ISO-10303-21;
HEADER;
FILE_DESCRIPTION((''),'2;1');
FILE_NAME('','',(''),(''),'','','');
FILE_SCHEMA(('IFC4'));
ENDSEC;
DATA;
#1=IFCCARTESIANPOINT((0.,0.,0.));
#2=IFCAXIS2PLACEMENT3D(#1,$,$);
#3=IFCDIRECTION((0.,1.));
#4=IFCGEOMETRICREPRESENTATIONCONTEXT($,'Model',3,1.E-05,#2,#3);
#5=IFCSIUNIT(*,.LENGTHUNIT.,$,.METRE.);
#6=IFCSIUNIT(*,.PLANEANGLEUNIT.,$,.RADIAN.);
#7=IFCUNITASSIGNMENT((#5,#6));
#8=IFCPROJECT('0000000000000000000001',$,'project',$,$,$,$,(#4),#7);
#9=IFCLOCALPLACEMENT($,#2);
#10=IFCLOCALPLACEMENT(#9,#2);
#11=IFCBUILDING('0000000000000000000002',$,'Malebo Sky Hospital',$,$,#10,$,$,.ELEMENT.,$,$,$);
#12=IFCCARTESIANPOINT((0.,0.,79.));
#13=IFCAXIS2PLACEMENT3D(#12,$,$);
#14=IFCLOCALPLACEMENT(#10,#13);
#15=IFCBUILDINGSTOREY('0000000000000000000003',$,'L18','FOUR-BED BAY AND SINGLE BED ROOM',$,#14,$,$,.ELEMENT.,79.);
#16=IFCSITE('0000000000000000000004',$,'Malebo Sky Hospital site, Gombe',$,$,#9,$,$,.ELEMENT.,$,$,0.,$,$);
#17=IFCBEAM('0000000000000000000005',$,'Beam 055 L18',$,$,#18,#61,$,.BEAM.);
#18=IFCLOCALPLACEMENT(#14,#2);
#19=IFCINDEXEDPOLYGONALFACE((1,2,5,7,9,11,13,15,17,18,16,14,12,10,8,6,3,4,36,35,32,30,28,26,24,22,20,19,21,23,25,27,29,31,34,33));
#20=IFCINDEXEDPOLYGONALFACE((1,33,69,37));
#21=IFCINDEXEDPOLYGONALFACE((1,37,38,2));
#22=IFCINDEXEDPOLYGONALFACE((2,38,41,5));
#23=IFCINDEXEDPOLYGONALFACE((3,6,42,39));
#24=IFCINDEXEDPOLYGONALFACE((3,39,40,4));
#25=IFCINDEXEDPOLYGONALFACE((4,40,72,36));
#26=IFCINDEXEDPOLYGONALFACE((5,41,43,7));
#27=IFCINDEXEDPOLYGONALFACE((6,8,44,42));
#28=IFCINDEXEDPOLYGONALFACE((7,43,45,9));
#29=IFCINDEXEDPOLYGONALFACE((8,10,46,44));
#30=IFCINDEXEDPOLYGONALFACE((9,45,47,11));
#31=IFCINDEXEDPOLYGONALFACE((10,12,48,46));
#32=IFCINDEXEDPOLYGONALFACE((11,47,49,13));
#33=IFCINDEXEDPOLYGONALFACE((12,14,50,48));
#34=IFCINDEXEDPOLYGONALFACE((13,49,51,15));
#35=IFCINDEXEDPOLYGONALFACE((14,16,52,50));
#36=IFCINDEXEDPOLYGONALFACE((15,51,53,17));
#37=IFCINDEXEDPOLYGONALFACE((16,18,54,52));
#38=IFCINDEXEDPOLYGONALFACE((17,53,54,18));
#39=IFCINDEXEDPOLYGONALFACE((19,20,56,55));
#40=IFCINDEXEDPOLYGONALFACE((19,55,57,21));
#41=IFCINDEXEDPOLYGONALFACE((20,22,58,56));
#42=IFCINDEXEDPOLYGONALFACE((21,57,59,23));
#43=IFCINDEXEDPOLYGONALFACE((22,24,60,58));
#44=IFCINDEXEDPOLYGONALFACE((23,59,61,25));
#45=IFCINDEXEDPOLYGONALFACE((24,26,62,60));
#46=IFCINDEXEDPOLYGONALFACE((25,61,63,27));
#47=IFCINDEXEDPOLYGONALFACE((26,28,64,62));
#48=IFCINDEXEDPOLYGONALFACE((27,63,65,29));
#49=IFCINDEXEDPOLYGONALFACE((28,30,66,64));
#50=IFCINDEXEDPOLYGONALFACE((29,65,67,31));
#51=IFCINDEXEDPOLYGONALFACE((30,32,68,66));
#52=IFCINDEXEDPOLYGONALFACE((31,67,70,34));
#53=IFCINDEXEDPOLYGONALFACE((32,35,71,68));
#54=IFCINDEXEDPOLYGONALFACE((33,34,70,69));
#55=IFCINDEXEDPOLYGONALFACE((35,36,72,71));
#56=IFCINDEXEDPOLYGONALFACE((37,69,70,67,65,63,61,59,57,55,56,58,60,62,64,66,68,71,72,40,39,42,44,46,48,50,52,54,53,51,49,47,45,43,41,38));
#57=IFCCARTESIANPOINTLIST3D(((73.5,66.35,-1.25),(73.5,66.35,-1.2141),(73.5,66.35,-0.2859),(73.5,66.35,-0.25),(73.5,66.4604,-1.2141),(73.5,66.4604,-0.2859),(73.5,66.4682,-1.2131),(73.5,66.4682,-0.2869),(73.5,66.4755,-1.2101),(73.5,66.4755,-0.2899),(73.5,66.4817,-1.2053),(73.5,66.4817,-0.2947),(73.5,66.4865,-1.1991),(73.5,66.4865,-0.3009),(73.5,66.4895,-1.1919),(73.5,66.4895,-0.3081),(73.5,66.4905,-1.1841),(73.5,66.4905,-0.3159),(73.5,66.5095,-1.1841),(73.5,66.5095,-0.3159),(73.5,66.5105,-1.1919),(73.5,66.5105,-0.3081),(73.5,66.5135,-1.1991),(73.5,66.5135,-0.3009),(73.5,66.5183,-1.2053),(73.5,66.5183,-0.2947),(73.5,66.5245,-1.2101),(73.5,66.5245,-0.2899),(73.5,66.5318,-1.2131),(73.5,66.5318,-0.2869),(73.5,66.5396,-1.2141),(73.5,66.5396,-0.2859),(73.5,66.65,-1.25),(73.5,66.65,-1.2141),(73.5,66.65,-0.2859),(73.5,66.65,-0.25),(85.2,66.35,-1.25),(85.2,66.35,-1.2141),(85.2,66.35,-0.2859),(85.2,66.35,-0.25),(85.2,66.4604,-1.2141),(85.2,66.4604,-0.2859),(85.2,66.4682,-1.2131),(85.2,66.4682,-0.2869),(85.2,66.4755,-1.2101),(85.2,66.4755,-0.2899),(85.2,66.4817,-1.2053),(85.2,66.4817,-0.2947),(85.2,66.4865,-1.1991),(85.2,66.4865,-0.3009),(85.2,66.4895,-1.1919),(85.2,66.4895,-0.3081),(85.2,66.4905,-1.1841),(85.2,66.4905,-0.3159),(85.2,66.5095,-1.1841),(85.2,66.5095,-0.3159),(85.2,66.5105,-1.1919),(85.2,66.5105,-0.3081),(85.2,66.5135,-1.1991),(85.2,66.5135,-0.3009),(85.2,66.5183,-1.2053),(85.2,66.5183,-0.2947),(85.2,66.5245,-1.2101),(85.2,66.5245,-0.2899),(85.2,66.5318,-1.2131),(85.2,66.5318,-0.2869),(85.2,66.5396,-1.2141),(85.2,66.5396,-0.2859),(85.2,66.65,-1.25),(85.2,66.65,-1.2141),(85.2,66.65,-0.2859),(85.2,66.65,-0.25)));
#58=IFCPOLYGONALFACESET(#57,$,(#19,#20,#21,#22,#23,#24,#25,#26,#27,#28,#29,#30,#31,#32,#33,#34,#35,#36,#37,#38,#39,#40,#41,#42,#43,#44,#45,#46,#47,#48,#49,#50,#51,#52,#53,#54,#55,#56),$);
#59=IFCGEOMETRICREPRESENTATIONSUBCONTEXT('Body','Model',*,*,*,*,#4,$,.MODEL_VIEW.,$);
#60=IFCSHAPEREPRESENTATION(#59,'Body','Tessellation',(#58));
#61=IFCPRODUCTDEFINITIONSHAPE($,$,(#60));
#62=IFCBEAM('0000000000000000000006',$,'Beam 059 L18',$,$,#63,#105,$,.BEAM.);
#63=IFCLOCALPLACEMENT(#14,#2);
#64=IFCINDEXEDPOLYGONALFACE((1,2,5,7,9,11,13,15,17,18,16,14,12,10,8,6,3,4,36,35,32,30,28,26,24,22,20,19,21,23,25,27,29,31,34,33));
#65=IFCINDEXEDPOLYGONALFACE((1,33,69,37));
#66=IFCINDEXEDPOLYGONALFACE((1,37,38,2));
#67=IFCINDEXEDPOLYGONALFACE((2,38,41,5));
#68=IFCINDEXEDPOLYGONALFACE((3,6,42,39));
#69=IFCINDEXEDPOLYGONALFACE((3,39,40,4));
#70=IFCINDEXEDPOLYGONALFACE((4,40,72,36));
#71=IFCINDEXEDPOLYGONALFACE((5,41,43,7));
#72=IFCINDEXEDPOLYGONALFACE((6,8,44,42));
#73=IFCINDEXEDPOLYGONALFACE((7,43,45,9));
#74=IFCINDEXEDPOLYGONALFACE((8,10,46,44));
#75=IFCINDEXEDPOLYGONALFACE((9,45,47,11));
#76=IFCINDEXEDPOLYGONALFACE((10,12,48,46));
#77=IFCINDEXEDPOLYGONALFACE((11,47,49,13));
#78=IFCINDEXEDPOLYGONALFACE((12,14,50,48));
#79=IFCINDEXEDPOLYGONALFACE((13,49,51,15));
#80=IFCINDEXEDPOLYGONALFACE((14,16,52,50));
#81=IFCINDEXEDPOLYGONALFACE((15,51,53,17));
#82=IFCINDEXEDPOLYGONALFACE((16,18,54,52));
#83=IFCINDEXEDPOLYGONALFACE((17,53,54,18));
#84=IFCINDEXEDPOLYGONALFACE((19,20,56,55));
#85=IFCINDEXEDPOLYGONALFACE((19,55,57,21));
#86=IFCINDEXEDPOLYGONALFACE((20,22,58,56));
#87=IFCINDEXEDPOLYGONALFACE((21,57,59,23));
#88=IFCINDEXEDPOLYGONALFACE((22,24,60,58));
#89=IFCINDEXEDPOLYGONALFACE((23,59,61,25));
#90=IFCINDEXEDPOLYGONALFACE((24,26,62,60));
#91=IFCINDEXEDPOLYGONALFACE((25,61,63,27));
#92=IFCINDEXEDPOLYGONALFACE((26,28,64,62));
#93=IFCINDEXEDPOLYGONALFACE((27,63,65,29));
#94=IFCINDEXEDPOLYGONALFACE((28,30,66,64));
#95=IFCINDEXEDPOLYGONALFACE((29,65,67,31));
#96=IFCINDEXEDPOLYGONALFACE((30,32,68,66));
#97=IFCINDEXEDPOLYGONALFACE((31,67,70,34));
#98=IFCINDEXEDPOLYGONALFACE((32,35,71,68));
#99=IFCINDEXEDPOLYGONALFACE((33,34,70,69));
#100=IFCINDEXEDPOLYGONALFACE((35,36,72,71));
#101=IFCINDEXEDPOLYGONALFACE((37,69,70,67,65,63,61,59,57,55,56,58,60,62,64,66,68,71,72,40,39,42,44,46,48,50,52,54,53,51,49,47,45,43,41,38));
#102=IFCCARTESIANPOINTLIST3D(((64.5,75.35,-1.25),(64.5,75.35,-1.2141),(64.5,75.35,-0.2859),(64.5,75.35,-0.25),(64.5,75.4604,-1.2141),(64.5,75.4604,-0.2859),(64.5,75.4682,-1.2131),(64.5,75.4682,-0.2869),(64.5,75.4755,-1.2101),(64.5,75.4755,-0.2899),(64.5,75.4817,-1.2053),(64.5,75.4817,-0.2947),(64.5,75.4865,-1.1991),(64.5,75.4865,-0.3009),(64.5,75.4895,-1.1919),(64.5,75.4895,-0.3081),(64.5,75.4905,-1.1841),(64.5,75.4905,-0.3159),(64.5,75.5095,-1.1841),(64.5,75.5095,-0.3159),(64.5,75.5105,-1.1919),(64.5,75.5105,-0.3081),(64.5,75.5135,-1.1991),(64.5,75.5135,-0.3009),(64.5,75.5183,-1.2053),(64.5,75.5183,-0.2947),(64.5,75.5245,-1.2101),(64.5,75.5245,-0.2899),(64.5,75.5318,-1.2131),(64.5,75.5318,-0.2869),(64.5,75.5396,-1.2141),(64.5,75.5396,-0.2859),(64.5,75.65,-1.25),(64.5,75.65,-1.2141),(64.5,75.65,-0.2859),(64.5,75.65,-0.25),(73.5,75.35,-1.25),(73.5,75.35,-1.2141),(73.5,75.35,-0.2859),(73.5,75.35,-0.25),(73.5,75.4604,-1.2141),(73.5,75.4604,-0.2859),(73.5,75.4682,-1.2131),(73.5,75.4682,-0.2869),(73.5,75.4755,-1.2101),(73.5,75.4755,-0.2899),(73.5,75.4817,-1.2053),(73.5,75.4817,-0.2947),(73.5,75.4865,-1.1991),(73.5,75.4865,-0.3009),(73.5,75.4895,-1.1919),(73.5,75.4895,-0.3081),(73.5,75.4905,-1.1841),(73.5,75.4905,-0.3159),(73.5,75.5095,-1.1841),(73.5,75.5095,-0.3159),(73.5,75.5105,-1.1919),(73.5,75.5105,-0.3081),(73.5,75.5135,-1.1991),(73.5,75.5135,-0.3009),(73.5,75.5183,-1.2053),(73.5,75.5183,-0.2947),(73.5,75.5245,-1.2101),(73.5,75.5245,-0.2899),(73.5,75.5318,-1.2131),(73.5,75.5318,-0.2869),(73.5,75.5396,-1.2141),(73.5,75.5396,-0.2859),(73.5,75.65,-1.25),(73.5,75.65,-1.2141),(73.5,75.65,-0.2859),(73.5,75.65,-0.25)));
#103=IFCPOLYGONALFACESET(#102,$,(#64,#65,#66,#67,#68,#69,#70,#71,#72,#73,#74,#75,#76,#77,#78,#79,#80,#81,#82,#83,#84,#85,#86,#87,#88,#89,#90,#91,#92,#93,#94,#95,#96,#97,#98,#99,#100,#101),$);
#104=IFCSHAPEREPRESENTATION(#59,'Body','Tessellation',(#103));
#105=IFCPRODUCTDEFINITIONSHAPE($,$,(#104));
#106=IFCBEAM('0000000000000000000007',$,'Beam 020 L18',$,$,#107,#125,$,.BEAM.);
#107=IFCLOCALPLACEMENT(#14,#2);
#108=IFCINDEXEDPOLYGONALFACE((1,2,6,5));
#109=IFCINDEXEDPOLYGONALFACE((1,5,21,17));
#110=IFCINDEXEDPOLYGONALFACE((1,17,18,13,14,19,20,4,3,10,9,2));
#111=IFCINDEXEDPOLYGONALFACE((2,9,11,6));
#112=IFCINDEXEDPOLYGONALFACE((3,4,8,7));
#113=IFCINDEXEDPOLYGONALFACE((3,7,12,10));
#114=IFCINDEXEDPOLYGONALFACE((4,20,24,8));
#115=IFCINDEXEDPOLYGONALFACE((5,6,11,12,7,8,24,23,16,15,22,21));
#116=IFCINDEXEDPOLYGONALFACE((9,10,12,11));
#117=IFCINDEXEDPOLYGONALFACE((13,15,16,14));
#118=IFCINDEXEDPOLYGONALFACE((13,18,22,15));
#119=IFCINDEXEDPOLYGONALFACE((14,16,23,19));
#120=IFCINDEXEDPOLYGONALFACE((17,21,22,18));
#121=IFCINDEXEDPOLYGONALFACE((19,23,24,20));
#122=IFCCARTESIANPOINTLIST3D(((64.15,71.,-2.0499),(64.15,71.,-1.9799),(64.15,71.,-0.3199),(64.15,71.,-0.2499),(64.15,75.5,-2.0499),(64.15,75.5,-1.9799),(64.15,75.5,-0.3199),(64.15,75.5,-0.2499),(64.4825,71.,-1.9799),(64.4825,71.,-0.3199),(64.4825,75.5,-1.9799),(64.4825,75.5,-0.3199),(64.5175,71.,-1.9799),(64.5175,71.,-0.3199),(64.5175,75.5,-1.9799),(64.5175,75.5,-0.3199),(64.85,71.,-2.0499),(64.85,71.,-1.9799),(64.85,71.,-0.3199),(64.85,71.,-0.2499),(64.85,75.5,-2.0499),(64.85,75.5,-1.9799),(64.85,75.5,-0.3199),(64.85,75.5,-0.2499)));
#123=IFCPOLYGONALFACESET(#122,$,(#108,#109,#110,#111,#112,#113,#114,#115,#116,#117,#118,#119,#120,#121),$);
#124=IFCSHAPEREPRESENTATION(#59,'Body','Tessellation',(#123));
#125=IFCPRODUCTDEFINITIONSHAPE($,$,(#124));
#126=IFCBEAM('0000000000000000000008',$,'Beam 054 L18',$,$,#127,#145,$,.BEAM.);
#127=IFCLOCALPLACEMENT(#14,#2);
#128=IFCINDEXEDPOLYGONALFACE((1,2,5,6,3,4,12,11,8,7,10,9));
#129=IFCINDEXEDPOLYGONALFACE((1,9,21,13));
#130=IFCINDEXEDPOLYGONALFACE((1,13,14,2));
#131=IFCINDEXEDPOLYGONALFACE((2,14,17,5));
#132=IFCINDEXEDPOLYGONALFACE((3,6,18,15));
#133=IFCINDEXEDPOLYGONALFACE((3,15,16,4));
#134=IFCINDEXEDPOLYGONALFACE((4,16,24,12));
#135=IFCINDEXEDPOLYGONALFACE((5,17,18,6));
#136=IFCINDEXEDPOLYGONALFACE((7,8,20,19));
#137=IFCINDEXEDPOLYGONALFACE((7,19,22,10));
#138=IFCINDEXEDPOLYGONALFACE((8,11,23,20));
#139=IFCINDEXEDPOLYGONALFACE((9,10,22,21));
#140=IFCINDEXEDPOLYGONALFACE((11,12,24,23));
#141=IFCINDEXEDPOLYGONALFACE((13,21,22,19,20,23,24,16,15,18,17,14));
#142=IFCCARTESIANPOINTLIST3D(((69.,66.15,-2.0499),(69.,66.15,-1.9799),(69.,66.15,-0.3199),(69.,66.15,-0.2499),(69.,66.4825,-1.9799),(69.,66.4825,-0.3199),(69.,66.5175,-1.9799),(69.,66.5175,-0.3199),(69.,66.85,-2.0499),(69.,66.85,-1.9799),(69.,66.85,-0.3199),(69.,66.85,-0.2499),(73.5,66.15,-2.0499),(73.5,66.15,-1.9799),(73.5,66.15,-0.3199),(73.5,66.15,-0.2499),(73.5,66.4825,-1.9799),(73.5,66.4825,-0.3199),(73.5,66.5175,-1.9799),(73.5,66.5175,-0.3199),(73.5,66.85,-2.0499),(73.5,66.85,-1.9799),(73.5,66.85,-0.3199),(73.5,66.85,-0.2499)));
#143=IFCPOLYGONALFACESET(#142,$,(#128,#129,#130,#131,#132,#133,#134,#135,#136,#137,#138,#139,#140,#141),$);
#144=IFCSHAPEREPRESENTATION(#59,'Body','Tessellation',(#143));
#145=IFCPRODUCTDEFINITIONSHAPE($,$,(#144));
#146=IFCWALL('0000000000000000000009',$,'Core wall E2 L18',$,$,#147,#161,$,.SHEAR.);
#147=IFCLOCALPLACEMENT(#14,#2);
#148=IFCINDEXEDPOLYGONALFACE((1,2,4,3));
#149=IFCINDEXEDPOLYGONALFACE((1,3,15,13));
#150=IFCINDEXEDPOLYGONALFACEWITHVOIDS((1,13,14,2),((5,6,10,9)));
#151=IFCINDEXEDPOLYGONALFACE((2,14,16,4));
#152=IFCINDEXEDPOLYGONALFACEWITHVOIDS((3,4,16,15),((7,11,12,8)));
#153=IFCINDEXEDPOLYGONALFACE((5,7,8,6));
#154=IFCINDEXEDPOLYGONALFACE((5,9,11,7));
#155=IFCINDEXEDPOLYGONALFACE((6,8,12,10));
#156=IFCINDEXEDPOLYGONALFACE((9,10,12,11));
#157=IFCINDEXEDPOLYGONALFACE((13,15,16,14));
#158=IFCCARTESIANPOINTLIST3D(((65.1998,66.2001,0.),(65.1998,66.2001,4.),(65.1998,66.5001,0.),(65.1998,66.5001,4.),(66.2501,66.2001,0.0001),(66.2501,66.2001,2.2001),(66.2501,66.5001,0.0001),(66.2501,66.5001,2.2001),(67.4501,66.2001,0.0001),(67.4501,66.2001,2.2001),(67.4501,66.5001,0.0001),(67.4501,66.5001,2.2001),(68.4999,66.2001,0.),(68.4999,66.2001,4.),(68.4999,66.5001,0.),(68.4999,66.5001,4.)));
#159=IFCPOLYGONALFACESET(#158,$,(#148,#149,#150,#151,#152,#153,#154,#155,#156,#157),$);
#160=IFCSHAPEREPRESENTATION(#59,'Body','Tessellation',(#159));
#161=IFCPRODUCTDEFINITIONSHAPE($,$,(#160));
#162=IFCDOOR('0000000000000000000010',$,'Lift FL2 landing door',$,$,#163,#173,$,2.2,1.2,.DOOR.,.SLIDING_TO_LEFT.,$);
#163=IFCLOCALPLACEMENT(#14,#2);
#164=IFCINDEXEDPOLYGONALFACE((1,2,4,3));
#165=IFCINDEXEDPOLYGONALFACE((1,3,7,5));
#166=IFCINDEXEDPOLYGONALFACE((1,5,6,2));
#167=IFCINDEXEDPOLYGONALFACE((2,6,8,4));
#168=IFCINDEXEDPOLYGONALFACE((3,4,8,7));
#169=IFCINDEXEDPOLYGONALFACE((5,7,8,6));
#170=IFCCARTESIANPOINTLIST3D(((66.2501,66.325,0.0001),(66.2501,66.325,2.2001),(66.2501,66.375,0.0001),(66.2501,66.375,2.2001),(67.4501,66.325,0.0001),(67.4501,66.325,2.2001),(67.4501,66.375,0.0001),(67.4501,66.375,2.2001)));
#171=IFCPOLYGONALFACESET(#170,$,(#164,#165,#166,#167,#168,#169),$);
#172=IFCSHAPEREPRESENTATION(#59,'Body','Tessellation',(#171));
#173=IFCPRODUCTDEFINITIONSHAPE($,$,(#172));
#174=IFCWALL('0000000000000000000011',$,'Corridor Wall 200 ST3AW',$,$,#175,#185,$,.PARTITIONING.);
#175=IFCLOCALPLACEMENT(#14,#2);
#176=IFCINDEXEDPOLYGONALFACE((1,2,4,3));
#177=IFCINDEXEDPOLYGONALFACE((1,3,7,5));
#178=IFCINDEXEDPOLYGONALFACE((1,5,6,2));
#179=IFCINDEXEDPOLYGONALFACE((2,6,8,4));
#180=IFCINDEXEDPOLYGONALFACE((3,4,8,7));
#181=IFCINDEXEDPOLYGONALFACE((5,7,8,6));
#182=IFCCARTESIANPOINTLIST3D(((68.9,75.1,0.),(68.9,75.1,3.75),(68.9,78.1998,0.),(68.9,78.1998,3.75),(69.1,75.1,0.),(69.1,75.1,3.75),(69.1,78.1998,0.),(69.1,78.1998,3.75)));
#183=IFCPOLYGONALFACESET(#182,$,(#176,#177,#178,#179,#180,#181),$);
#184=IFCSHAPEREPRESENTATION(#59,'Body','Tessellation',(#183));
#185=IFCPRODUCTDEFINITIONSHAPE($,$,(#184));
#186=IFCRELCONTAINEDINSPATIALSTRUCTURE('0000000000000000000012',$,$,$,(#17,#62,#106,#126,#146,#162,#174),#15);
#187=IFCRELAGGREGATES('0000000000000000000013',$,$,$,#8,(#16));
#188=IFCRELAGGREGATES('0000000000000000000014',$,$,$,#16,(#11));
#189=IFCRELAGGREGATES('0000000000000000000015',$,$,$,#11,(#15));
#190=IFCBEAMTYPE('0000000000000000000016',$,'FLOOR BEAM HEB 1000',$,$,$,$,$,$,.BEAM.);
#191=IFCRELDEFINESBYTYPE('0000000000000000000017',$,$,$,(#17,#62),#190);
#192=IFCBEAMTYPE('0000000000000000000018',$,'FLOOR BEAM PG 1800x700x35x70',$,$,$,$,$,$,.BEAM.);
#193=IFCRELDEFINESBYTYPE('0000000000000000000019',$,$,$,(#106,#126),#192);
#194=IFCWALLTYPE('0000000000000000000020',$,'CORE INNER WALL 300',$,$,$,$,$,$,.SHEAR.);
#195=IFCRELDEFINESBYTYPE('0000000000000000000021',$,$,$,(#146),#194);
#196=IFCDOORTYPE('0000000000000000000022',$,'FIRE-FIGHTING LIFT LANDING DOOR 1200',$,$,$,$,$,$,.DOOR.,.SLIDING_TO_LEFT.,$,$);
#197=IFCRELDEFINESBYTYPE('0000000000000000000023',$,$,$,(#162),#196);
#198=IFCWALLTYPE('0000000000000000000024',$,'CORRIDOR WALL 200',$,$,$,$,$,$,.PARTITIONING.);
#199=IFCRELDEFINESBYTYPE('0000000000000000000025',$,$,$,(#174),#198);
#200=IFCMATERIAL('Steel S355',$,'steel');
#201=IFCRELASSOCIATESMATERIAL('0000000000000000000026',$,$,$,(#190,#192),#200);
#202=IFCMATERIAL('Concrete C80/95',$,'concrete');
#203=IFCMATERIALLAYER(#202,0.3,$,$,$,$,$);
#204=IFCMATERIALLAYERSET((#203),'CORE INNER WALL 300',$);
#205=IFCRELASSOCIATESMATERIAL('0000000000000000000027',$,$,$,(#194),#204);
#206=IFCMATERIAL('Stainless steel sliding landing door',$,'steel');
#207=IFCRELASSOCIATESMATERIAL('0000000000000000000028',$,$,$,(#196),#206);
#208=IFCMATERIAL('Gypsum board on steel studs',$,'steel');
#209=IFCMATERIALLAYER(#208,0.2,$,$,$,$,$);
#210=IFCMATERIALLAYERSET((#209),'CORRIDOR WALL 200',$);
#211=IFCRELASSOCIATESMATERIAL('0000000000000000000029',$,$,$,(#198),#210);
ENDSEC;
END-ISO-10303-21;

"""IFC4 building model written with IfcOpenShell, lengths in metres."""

from ifc_helpers import new_model, si_unit, direction, frame, frame_2d, origin, origin_2d, place, context, subcontext, project, spatial, rectangle, i_section, extrude, material, layer, layer_set, material_profile, profile_set, type_object, element, fill, save


model = new_model("IFC4")

# Units and contexts
model_context = context("Model", 3, precision=1e-05, world=origin(), true_north=direction((0.0, 1.0)))
body_context = subcontext(model_context, "Body", "Model", "MODEL_VIEW")
ifc_project = project(units=[si_unit("LENGTHUNIT", "METRE"), si_unit("PLANEANGLEUNIT", "RADIAN")], contexts=[model_context])

# Site, building, storey
site_placement = place(None, origin())
site = spatial("IfcSite", under=ifc_project, at=site_placement, Name="Malebo Sky Hospital site, Gombe", CompositionType="ELEMENT", RefElevation=0.0)
building_placement = place(site_placement, origin())
building = spatial("IfcBuilding", under=site, at=building_placement, Name="Malebo Sky Hospital", CompositionType="ELEMENT")
storey_placement = place(building_placement, frame((0.0, 0.0, 79.0)))
storey = spatial("IfcBuildingStorey", under=building, at=storey_placement, Name="L18", Description="FOUR-BED BAY AND SINGLE BED ROOM", CompositionType="ELEMENT", Elevation=79.0)

# Beams
ifc_material_1 = material(Name="Steel S355", Category="steel")
ifc_material_profile_1 = material_profile(ifc_material_1, i_section(OverallWidth=0.3, OverallDepth=1.0, WebThickness=0.019, FlangeThickness=0.0359, FilletRadius=0.03, at=origin_2d()), Name="HEB 1000")
ifc_profile_set_1 = profile_set([ifc_material_profile_1], Name="Steel S355")
beam_type_1 = type_object("IfcBeamType", Name="FLOOR BEAM HEB 1000", PredefinedType="BEAM", material=ifc_profile_set_1)
beam_1_placement = place(storey_placement, frame((73.5, 66.5, -0.75), z_axis=(1.0, 0.0, 0.0), x_axis=(0.0, 1.0, 0.0)))
element("IfcBeam", 1, at=beam_1_placement, inside=storey, type_object=beam_type_1, Name="Beam 055 L18", PredefinedType="BEAM", context=body_context, shape_type="SweptSolid", body=[
    extrude(i_section(OverallWidth=0.3, OverallDepth=1.0, WebThickness=0.019, FlangeThickness=0.0359, FilletRadius=0.03, at=origin_2d()), origin(), (0.0, 0.0, 1.0), 11.7),
])
beam_2_placement = place(storey_placement, frame((64.5, 75.5, -0.75), z_axis=(1.0, 0.0, 0.0), x_axis=(0.0, 1.0, 0.0)))
element("IfcBeam", 2, at=beam_2_placement, inside=storey, type_object=beam_type_1, Name="Beam 059 L18", PredefinedType="BEAM", context=body_context, shape_type="SweptSolid", body=[
    extrude(i_section(OverallWidth=0.3, OverallDepth=1.0, WebThickness=0.019, FlangeThickness=0.0359, FilletRadius=0.03, at=origin_2d()), origin(), (0.0, 0.0, 1.0), 9.0),
])
ifc_material_profile_2 = material_profile(ifc_material_1, i_section(OverallWidth=0.7, OverallDepth=1.8, WebThickness=0.0349, FlangeThickness=0.0701, at=origin_2d()), Name="PG 1800x700x35x70")
ifc_profile_set_2 = profile_set([ifc_material_profile_2], Name="Steel S355")
beam_type_2 = type_object("IfcBeamType", Name="FLOOR BEAM PG 1800x700x35x70", PredefinedType="BEAM", material=ifc_profile_set_2)
for number, where, z_axis, x_axis, name in (
    (3, (64.5, 71.0, -1.1499), (0.0, 1.0, 0.0), (-1.0, 0.0, 0.0), "Beam 020 L18"),
    (4, (69.0, 66.5, -1.1499), (1.0, 0.0, 0.0), (0.0, 1.0, 0.0), "Beam 054 L18"),
):
    element("IfcBeam", number, at=place(storey_placement, frame(where, z_axis=z_axis, x_axis=x_axis)), inside=storey, type_object=beam_type_2, Name=name, PredefinedType="BEAM", context=body_context, shape_type="SweptSolid", body=[
        extrude(i_section(OverallWidth=0.7, OverallDepth=1.8, WebThickness=0.0349, FlangeThickness=0.0701, at=origin_2d()), origin(), (0.0, 0.0, 1.0), 4.5),
    ])

# Wall, opening, door
ifc_material_2 = material(Name="Concrete C80/95", Category="concrete")
ifc_layer_1 = layer(ifc_material_2, 0.3)
ifc_layer_set_1 = layer_set([ifc_layer_1], Name="CORE INNER WALL 300")
wall_type_1 = type_object("IfcWallType", Name="CORE INNER WALL 300", PredefinedType="SHEAR", material=ifc_layer_set_1)
wall_1_placement = place(storey_placement, frame((65.2, 66.3501, 0.0), z_axis=(0.0, 0.0, 1.0), x_axis=(1.0, 0.0, 0.0)))
wall_1 = element("IfcWall", 5, at=wall_1_placement, inside=storey, type_object=wall_type_1, Name="Core wall E2 L18", PredefinedType="SHEAR", context=body_context, shape_type="SweptSolid", body=[
    extrude(rectangle(XDim=3.3, YDim=0.3, at=frame_2d((1.6499, 0.0))), origin(), (0.0, 0.0, 1.0), 4.0),
])
opening_1_placement = place(wall_1_placement, frame((1.05, 0.0, 0.0)))
opening_1 = element("IfcOpeningElement", 6, at=opening_1_placement, cuts=wall_1, PredefinedType="OPENING", context=body_context, shape_type="SweptSolid", body=[
    extrude(rectangle(XDim=1.2, YDim=2.2, at=frame_2d((0.6001, 1.1001))), frame((0.0, 0.1599, 0.0), z_axis=(0.0, -1.0, 0.0), x_axis=(1.0, 0.0, 0.0)), (0.0, 0.0, 1.0), 0.3201),
])
ifc_material_3 = material(Name="Stainless steel sliding landing door", Category="steel")
door_type_1 = type_object("IfcDoorType", Name="FIRE-FIGHTING LIFT LANDING DOOR 1200", OperationType="SLIDING_TO_LEFT", PredefinedType="DOOR", material=ifc_material_3)
door_1_placement = place(opening_1_placement, origin())
door_1 = element("IfcDoor", 7, at=door_1_placement, inside=storey, type_object=door_type_1, Name="Lift FL2 landing door", OperationType="SLIDING_TO_LEFT", OverallHeight=2.2, OverallWidth=1.2, PredefinedType="DOOR", context=body_context, shape_type="SweptSolid", body=[
    extrude(rectangle(XDim=1.2, YDim=2.2, at=frame_2d((0.6001, 1.1001))), frame((0.0, 0.0249, 0.0), z_axis=(0.0, -1.0, 0.0), x_axis=(1.0, 0.0, 0.0)), (0.0, 0.0, 1.0), 0.05),
])
fill(opening_1, door_1)

# Wall
ifc_material_4 = material(Name="Gypsum board on steel studs", Category="steel")
ifc_layer_2 = layer(ifc_material_4, 0.2)
ifc_layer_set_2 = layer_set([ifc_layer_2], Name="CORRIDOR WALL 200")
wall_type_2 = type_object("IfcWallType", Name="CORRIDOR WALL 200", PredefinedType="PARTITIONING", material=ifc_layer_set_2)
for number, where, z_axis, x_axis, name in (
    (8, (69.0, 75.1001, 0.0), (0.0, 0.0, 1.0), (0.0, 1.0, 0.0), "Corridor Wall 200 ST3AW"),
):
    element("IfcWall", number, at=place(storey_placement, frame(where, z_axis=z_axis, x_axis=x_axis)), inside=storey, type_object=wall_type_2, Name=name, PredefinedType="PARTITIONING", context=body_context, shape_type="SweptSolid", body=[
        extrude(rectangle(XDim=3.0999, YDim=0.2, at=frame_2d((1.5498, 0.0))), origin(), (0.0, 0.0, 1.0), 3.75),
    ])

save(model, "model.ifc")
